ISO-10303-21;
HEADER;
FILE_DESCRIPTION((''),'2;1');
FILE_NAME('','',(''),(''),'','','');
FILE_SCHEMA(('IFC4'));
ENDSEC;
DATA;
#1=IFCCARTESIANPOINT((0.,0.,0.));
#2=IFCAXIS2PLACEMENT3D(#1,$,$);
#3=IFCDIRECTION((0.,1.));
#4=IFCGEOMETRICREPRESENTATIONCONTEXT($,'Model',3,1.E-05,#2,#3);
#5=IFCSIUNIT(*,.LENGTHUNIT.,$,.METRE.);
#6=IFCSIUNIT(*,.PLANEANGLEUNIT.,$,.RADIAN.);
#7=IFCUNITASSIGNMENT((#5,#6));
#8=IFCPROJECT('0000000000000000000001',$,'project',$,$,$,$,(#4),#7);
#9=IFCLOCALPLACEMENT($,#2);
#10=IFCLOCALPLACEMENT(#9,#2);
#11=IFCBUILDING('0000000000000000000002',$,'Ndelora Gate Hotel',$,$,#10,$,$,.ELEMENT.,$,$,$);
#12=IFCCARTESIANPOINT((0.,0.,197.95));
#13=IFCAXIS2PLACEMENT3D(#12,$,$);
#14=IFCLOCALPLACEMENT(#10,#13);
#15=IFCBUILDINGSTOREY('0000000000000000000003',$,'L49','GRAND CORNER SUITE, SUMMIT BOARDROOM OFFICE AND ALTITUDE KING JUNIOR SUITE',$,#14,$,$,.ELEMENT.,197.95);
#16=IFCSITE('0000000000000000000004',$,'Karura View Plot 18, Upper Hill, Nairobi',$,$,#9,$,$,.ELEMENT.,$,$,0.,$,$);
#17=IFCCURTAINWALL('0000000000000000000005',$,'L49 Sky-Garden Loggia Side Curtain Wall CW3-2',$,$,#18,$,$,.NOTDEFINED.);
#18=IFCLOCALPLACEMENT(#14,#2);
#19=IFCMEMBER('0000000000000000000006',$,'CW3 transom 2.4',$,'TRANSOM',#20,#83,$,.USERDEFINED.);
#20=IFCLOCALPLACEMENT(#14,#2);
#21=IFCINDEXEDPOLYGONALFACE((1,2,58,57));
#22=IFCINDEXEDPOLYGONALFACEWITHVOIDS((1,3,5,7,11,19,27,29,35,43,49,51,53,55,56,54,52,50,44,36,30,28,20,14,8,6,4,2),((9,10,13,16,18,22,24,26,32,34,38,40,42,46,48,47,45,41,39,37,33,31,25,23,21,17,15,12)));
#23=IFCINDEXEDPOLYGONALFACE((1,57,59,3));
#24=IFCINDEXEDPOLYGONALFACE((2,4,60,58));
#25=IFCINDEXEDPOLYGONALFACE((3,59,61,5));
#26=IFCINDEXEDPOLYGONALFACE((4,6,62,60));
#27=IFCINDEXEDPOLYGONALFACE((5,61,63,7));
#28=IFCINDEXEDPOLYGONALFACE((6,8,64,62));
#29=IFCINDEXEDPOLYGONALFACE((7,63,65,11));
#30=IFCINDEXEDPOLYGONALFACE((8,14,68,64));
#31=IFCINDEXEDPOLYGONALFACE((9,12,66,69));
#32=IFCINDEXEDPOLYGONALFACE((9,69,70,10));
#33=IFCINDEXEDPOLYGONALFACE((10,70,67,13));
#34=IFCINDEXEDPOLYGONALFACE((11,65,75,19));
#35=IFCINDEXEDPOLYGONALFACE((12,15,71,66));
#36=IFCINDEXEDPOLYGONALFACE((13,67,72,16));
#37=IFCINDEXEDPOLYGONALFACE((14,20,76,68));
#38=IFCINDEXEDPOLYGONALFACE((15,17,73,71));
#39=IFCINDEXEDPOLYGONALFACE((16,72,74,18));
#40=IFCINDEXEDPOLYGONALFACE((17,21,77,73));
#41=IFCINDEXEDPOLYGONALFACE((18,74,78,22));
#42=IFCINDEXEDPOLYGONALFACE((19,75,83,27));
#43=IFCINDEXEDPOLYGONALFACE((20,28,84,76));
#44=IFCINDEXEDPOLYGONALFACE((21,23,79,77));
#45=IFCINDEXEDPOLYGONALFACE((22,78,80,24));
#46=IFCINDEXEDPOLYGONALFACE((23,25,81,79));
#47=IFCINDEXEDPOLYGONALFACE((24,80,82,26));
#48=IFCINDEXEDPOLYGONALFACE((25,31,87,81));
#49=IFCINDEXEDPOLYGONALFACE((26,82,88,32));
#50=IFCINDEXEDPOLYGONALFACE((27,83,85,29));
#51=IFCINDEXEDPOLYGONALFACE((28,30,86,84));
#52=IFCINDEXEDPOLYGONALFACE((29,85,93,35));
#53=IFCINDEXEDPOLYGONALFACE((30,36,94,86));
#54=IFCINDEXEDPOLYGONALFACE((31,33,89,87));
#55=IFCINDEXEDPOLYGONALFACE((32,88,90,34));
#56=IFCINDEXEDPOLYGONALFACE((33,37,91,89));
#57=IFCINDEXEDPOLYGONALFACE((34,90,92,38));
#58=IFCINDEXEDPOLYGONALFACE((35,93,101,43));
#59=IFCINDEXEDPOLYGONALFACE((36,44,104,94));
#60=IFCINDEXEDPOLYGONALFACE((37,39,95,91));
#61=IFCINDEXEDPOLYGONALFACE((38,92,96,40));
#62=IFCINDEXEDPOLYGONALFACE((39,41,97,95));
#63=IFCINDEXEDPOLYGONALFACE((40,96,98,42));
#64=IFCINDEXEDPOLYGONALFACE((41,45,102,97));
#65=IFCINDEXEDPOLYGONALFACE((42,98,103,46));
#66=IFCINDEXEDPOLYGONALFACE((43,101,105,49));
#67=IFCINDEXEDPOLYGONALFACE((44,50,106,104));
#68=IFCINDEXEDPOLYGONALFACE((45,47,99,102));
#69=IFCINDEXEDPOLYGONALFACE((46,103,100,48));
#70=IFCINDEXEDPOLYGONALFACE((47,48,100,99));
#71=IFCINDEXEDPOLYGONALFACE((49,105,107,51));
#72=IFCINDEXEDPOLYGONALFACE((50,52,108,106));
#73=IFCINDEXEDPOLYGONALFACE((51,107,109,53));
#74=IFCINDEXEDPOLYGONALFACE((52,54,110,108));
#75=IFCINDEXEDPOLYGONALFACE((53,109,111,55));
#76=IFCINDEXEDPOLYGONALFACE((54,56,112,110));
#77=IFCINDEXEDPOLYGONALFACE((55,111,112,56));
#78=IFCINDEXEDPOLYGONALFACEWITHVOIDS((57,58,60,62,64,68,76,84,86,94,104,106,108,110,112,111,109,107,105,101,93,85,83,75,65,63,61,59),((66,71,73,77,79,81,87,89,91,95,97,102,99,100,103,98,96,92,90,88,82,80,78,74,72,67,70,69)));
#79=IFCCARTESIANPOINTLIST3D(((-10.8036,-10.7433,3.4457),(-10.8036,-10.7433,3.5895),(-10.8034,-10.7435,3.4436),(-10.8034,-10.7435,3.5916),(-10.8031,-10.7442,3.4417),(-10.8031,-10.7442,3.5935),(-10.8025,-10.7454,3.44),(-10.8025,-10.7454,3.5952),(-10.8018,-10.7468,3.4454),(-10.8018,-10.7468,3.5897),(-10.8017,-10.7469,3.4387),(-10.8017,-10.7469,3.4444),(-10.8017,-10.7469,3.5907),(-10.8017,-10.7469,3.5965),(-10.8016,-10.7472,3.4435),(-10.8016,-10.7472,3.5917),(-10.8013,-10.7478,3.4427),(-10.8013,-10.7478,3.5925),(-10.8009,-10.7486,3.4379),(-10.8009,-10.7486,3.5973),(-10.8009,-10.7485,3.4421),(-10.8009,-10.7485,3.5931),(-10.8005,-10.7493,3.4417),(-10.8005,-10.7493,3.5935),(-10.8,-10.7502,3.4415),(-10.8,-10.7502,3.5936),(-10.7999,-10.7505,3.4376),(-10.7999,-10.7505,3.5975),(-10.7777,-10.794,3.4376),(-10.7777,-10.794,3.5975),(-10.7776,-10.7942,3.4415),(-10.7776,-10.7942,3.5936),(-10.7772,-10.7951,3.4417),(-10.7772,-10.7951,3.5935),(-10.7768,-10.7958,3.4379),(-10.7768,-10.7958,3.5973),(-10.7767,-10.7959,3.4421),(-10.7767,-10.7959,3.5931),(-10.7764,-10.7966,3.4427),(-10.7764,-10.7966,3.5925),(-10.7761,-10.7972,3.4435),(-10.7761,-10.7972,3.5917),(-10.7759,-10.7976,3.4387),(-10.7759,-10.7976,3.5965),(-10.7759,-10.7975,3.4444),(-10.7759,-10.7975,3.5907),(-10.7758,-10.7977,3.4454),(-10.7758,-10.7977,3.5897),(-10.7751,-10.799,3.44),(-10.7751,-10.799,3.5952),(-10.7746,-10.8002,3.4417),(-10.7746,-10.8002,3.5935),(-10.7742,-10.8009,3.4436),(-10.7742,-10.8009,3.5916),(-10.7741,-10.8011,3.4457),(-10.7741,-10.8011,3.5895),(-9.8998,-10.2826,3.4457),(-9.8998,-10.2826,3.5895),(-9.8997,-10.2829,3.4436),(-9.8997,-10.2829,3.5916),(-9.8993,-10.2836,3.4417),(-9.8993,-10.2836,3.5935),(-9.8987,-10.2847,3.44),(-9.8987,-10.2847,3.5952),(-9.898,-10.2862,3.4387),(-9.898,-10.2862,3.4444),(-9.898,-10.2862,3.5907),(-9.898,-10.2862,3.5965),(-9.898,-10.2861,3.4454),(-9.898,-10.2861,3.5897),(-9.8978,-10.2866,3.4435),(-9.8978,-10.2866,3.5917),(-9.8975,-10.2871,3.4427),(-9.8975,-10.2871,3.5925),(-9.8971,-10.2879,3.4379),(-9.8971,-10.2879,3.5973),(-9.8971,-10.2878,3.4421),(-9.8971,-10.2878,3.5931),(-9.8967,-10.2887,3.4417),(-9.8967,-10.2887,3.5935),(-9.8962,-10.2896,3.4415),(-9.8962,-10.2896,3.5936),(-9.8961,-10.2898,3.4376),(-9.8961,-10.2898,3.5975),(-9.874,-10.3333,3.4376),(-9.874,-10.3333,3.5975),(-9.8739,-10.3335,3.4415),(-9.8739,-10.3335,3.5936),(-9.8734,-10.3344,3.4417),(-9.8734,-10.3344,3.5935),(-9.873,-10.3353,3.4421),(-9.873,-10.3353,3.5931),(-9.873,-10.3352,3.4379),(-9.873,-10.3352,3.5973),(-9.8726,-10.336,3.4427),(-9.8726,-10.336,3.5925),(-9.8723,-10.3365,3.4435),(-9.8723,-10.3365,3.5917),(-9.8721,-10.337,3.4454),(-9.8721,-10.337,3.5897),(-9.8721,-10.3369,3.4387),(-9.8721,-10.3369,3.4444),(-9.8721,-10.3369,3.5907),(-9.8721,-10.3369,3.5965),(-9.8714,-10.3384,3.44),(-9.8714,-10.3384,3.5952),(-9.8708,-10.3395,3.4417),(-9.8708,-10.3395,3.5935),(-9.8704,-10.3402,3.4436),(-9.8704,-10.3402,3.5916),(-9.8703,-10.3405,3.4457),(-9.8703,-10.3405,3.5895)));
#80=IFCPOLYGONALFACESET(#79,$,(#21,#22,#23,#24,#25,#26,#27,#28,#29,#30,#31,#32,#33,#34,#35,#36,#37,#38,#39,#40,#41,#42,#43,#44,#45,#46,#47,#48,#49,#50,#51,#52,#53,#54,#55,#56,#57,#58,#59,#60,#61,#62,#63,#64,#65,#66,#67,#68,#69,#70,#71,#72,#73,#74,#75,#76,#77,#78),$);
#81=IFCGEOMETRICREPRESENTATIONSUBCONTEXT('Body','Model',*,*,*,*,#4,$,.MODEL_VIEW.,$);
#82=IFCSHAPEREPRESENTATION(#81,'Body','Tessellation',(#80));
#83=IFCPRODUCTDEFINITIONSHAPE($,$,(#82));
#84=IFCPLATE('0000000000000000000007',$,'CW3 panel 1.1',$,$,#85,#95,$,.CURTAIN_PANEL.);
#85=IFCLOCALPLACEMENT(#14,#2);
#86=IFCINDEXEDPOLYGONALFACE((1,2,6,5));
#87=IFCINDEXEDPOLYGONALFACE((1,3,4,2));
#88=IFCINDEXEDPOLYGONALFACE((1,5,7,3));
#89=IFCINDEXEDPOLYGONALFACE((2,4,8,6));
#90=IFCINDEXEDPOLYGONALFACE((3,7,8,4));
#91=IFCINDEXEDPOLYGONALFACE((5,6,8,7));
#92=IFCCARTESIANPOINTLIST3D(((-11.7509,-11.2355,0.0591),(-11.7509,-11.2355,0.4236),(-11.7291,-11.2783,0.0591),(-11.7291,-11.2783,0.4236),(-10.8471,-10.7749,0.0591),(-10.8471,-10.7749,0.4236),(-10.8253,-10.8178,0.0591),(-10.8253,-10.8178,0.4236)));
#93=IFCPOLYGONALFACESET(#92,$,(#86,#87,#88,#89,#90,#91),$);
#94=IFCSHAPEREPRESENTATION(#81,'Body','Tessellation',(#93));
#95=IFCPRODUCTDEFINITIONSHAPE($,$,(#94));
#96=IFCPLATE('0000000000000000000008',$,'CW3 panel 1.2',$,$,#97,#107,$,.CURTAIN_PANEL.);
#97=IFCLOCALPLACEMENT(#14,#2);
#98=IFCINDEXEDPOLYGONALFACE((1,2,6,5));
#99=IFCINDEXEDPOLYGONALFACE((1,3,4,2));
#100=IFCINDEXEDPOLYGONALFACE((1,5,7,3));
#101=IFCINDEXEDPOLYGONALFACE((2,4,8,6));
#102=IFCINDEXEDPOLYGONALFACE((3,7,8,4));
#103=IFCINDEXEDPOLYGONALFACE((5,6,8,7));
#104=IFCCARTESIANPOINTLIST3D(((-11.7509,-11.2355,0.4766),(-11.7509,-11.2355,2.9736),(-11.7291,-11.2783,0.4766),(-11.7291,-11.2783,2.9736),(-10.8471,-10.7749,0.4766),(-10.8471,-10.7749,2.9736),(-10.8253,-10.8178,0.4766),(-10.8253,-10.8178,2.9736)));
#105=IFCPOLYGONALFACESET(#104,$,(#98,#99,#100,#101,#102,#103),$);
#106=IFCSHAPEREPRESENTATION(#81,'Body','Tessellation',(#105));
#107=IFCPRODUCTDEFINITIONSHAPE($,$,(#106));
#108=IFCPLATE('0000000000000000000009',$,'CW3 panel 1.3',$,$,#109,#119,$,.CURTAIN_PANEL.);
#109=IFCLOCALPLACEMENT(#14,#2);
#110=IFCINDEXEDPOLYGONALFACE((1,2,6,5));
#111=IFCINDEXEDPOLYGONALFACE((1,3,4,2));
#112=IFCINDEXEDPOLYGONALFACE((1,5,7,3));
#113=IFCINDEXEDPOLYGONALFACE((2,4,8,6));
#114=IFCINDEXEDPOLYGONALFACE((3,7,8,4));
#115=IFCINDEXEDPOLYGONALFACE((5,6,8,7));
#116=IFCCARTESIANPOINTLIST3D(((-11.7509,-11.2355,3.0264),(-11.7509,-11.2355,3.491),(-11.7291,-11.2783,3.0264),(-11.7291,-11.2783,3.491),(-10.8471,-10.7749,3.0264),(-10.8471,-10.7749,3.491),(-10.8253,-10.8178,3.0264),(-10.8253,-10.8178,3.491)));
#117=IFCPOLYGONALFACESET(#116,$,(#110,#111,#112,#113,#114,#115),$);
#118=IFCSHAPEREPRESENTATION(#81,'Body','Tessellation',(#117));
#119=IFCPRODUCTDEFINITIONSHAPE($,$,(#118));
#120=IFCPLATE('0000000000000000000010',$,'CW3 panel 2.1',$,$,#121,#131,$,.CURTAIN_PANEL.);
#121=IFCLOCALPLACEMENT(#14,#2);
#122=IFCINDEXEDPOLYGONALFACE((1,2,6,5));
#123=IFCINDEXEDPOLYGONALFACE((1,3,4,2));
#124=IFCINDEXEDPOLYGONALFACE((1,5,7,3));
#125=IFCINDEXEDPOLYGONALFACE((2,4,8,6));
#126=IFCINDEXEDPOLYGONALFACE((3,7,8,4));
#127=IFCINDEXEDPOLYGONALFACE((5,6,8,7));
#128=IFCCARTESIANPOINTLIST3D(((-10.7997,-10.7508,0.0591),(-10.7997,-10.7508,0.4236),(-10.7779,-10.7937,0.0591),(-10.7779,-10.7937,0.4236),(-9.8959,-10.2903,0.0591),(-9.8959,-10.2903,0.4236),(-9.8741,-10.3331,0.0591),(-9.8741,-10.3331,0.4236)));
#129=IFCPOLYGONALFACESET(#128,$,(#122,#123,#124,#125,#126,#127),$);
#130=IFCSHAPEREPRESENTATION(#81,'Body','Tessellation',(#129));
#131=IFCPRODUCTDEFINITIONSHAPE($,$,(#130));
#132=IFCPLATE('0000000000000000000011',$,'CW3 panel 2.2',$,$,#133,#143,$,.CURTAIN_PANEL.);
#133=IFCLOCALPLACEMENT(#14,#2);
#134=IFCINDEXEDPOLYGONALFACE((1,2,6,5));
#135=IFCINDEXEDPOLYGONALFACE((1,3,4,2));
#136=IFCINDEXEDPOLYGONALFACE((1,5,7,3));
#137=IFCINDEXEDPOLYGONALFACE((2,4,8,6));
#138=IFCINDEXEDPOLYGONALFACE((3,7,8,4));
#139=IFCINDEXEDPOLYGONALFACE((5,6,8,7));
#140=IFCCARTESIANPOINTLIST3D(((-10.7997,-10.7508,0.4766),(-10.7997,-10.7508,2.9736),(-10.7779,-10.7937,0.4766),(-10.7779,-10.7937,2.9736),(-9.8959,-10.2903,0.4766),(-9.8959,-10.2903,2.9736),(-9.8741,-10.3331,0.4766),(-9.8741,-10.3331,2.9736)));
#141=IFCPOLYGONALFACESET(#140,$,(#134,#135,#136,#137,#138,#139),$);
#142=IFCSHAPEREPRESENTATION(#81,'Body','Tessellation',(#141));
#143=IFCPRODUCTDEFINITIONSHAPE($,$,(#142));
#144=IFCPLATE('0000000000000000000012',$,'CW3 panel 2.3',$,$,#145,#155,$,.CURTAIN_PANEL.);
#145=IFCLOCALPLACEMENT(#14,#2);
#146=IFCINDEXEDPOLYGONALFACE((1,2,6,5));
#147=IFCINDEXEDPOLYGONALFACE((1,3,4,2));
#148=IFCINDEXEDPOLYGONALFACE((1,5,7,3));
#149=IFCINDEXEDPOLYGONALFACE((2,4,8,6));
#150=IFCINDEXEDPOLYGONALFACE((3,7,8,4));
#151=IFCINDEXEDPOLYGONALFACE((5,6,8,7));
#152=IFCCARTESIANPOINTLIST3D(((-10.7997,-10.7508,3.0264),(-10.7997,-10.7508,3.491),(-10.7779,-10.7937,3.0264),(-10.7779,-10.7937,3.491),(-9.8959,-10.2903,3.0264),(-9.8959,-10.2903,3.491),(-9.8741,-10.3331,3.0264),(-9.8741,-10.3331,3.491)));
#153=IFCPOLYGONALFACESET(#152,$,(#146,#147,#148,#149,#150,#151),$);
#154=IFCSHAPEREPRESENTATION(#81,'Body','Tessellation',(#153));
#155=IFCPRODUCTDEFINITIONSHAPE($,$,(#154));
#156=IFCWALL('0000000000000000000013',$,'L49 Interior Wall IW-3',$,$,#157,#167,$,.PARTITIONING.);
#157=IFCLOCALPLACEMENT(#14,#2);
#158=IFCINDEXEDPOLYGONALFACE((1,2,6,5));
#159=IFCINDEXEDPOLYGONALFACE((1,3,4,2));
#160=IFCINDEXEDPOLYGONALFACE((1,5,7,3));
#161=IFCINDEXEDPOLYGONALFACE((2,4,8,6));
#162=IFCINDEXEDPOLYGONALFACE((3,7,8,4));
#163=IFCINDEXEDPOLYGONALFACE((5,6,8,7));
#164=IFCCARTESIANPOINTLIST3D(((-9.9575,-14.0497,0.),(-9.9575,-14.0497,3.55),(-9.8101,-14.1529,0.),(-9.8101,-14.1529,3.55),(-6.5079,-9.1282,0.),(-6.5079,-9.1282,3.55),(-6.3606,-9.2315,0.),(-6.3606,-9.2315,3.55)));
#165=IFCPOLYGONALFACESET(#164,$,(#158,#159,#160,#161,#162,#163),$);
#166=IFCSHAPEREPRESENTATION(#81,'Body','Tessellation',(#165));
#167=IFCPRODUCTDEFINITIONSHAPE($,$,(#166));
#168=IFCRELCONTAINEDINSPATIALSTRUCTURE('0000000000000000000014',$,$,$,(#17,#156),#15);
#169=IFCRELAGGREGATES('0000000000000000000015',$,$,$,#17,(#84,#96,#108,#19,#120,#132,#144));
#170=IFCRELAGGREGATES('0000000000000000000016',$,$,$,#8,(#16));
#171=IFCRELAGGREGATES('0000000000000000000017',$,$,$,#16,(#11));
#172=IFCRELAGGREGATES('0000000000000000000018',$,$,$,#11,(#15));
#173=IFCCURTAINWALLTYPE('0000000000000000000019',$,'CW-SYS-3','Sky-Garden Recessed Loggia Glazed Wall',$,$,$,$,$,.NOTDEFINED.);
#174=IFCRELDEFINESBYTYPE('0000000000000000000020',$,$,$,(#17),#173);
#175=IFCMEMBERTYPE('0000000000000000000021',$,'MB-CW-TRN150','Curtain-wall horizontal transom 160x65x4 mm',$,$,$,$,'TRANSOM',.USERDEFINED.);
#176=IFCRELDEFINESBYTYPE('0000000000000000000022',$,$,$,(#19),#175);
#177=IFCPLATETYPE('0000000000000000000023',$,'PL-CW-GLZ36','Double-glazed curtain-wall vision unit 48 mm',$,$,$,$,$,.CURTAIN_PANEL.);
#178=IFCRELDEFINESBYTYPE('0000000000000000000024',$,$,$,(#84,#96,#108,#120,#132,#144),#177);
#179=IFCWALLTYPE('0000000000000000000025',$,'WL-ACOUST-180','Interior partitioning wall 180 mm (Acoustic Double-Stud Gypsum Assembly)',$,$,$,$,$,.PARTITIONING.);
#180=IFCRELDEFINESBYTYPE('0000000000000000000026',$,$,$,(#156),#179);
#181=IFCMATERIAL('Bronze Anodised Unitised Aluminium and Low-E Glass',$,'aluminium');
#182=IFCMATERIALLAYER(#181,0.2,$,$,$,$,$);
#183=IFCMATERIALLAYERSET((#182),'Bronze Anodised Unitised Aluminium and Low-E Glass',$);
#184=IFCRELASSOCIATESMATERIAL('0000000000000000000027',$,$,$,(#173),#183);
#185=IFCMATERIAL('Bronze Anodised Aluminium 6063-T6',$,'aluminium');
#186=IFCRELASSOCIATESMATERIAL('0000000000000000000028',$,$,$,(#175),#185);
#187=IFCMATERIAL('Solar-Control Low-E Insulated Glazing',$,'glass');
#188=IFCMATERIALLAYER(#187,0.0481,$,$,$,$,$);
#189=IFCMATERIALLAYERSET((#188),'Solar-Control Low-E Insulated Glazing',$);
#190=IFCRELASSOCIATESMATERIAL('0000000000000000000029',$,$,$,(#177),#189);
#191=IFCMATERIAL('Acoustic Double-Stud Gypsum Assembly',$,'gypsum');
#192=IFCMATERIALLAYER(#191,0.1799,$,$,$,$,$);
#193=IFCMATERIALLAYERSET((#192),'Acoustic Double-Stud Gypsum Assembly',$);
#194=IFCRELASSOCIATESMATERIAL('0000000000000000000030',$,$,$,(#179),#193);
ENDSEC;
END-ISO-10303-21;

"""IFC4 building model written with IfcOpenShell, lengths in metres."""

from ifc_helpers import new_model, si_unit, direction, frame, frame_2d, origin, origin_2d, place, context, subcontext, project, spatial, rectangle, hollow_rectangle, extrude, material, layer, layer_set, material_profile, profile_set, type_object, element, aggregate, save


model = new_model("IFC4")

# Units and contexts
model_context = context("Model", 3, precision=1e-05, world=origin(), true_north=direction((0.0, 1.0)))
body_context = subcontext(model_context, "Body", "Model", "MODEL_VIEW")
ifc_project = project(units=[si_unit("LENGTHUNIT", "METRE"), si_unit("PLANEANGLEUNIT", "RADIAN")], contexts=[model_context])

# Site, building, storey
site_placement = place(None, origin())
site = spatial("IfcSite", under=ifc_project, at=site_placement, Name="Karura View Plot 18, Upper Hill, Nairobi", CompositionType="ELEMENT", RefElevation=0.0)
building_placement = place(site_placement, origin())
building = spatial("IfcBuilding", under=site, at=building_placement, Name="Ndelora Gate Hotel", CompositionType="ELEMENT")
storey_placement = place(building_placement, frame((0.0, 0.0, 197.95)))
storey = spatial("IfcBuildingStorey", under=building, at=storey_placement, Name="L49", Description="GRAND CORNER SUITE, SUMMIT BOARDROOM OFFICE AND ALTITUDE KING JUNIOR SUITE", CompositionType="ELEMENT", Elevation=197.95)

# Curtain wall, member, plates
ifc_material_1 = material(Name="Bronze Anodised Unitised Aluminium and Low-E Glass", Category="aluminium")
ifc_layer_1 = layer(ifc_material_1, 0.2)
ifc_layer_set_1 = layer_set([ifc_layer_1], Name="Bronze Anodised Unitised Aluminium and Low-E Glass")
curtain_wall_type = type_object("IfcCurtainWallType", Name="CW-SYS-3", Description="Sky-Garden Recessed Loggia Glazed Wall", PredefinedType="NOTDEFINED", material=ifc_layer_set_1)
curtain_wall_placement = place(storey_placement, origin())
curtain_wall = element("IfcCurtainWall", 1, at=curtain_wall_placement, inside=storey, type_object=curtain_wall_type, Name="L49 Sky-Garden Loggia Side Curtain Wall CW3-2", PredefinedType="NOTDEFINED")
ifc_material_2 = material(Name="Bronze Anodised Aluminium 6063-T6", Category="aluminium")
ifc_material_profile_1 = material_profile(ifc_material_2, hollow_rectangle(XDim=0.0649, YDim=0.1599, WallThickness=0.0039, InnerFilletRadius=0.0039, OuterFilletRadius=0.0081, at=origin_2d()), Name="ALU 160x65x4")
ifc_profile_set_1 = profile_set([ifc_material_profile_1], Name="Bronze Anodised Aluminium 6063-T6")
member_type_1 = type_object("IfcMemberType", Name="MB-CW-TRN150", Description="Curtain-wall horizontal transom 160x65x4 mm", ElementType="TRANSOM", PredefinedType="USERDEFINED", material=ifc_profile_set_1)
member_1_placement = place(storey_placement, frame((-10.7888, -10.7722, 3.5176), z_axis=(0.890935, 0.454131, 0.0), x_axis=(-0.454131, 0.890935, 0.0)))
member_1 = element("IfcMember", 2, at=member_1_placement, type_object=member_type_1, Name="CW3 transom 2.4", ObjectType="TRANSOM", PredefinedType="USERDEFINED", context=body_context, shape_type="SweptSolid", body=[
    extrude(hollow_rectangle(XDim=0.0649, YDim=0.1599, WallThickness=0.0039, InnerFilletRadius=0.0039, OuterFilletRadius=0.0081, at=origin_2d()), origin(), (0.0, 0.0, 1.0), 1.0144),
])
ifc_material_3 = material(Name="Solar-Control Low-E Insulated Glazing", Category="glass")
ifc_layer_2 = layer(ifc_material_3, 0.0481)
ifc_layer_set_2 = layer_set([ifc_layer_2], Name="Solar-Control Low-E Insulated Glazing")
plate_type = type_object("IfcPlateType", Name="PL-CW-GLZ36", Description="Double-glazed curtain-wall vision unit 48 mm", PredefinedType="CURTAIN_PANEL", material=ifc_layer_set_2)
plate_1_placement = place(storey_placement, frame((-11.2881, -11.0266, 0.0591), z_axis=(0.0, 0.0, 1.0), x_axis=(0.891001, 0.454001, 0.0)))
plate_1 = element("IfcPlate", 3, at=plate_1_placement, type_object=plate_type, Name="CW3 panel 1.1", PredefinedType="CURTAIN_PANEL", context=body_context, shape_type="SweptSolid", body=[
    extrude(rectangle(XDim=1.0144, YDim=0.0481, at=origin_2d()), origin(), (0.0, 0.0, 1.0), 0.3645),
])
plate_2_placement = place(storey_placement, frame((-11.2881, -11.0266, 0.4766), z_axis=(0.0, 0.0, 1.0), x_axis=(0.891001, 0.454001, 0.0)))
plate_2 = element("IfcPlate", 4, at=plate_2_placement, type_object=plate_type, Name="CW3 panel 1.2", PredefinedType="CURTAIN_PANEL", context=body_context, shape_type="SweptSolid", body=[
    extrude(rectangle(XDim=1.0144, YDim=0.0481, at=origin_2d()), origin(), (0.0, 0.0, 1.0), 2.4971),
])
plate_3_placement = place(storey_placement, frame((-11.2881, -11.0266, 3.0264), z_axis=(0.0, 0.0, 1.0), x_axis=(0.891001, 0.454001, 0.0)))
plate_3 = element("IfcPlate", 5, at=plate_3_placement, type_object=plate_type, Name="CW3 panel 1.3", PredefinedType="CURTAIN_PANEL", context=body_context, shape_type="SweptSolid", body=[
    extrude(rectangle(XDim=1.0144, YDim=0.0481, at=origin_2d()), origin(), (0.0, 0.0, 1.0), 0.4646),
])
plate_4_placement = place(storey_placement, frame((-10.3369, -10.542, 0.0591), z_axis=(0.0, 0.0, 1.0), x_axis=(0.891001, 0.454001, 0.0)))
plate_4 = element("IfcPlate", 6, at=plate_4_placement, type_object=plate_type, Name="CW3 panel 2.1", PredefinedType="CURTAIN_PANEL", context=body_context, shape_type="SweptSolid", body=[
    extrude(rectangle(XDim=1.0144, YDim=0.0481, at=origin_2d()), origin(), (0.0, 0.0, 1.0), 0.3645),
])
plate_5_placement = place(storey_placement, frame((-10.3369, -10.542, 0.4766), z_axis=(0.0, 0.0, 1.0), x_axis=(0.891001, 0.454001, 0.0)))
plate_5 = element("IfcPlate", 7, at=plate_5_placement, type_object=plate_type, Name="CW3 panel 2.2", PredefinedType="CURTAIN_PANEL", context=body_context, shape_type="SweptSolid", body=[
    extrude(rectangle(XDim=1.0144, YDim=0.0481, at=origin_2d()), origin(), (0.0, 0.0, 1.0), 2.4971),
])
plate_6_placement = place(storey_placement, frame((-10.3369, -10.542, 3.0264), z_axis=(0.0, 0.0, 1.0), x_axis=(0.891001, 0.454001, 0.0)))
plate_6 = element("IfcPlate", 8, at=plate_6_placement, type_object=plate_type, Name="CW3 panel 2.3", PredefinedType="CURTAIN_PANEL", context=body_context, shape_type="SweptSolid", body=[
    extrude(rectangle(XDim=1.0144, YDim=0.0481, at=origin_2d()), origin(), (0.0, 0.0, 1.0), 0.4646),
])
aggregate(curtain_wall, [plate_1, plate_2, plate_3, member_1, plate_4, plate_5, plate_6])

# Wall
ifc_material_4 = material(Name="Acoustic Double-Stud Gypsum Assembly", Category="gypsum")
ifc_layer_3 = layer(ifc_material_4, 0.1799)
ifc_layer_set_3 = layer_set([ifc_layer_3], Name="Acoustic Double-Stud Gypsum Assembly")
wall_type_1 = type_object("IfcWallType", Name="WL-ACOUST-180", Description="Interior partitioning wall 180 mm (Acoustic Double-Stud Gypsum Assembly)", PredefinedType="PARTITIONING", material=ifc_layer_set_3)
wall_1_placement = place(storey_placement, frame((-6.4343, -9.1799, 0.0), z_axis=(0.0, 0.0, 1.0), x_axis=(-0.573964, -0.818881, 0.0)))
element("IfcWall", 9, at=wall_1_placement, inside=storey, type_object=wall_type_1, Name="L49 Interior Wall IW-3", PredefinedType="PARTITIONING", context=body_context, shape_type="SweptSolid", body=[
    extrude(rectangle(XDim=6.01, YDim=0.1799, at=frame_2d((3.0049, 0.0))), origin(), (0.0, 0.0, 1.0), 3.55),
])

save(model, "model.ifc")
